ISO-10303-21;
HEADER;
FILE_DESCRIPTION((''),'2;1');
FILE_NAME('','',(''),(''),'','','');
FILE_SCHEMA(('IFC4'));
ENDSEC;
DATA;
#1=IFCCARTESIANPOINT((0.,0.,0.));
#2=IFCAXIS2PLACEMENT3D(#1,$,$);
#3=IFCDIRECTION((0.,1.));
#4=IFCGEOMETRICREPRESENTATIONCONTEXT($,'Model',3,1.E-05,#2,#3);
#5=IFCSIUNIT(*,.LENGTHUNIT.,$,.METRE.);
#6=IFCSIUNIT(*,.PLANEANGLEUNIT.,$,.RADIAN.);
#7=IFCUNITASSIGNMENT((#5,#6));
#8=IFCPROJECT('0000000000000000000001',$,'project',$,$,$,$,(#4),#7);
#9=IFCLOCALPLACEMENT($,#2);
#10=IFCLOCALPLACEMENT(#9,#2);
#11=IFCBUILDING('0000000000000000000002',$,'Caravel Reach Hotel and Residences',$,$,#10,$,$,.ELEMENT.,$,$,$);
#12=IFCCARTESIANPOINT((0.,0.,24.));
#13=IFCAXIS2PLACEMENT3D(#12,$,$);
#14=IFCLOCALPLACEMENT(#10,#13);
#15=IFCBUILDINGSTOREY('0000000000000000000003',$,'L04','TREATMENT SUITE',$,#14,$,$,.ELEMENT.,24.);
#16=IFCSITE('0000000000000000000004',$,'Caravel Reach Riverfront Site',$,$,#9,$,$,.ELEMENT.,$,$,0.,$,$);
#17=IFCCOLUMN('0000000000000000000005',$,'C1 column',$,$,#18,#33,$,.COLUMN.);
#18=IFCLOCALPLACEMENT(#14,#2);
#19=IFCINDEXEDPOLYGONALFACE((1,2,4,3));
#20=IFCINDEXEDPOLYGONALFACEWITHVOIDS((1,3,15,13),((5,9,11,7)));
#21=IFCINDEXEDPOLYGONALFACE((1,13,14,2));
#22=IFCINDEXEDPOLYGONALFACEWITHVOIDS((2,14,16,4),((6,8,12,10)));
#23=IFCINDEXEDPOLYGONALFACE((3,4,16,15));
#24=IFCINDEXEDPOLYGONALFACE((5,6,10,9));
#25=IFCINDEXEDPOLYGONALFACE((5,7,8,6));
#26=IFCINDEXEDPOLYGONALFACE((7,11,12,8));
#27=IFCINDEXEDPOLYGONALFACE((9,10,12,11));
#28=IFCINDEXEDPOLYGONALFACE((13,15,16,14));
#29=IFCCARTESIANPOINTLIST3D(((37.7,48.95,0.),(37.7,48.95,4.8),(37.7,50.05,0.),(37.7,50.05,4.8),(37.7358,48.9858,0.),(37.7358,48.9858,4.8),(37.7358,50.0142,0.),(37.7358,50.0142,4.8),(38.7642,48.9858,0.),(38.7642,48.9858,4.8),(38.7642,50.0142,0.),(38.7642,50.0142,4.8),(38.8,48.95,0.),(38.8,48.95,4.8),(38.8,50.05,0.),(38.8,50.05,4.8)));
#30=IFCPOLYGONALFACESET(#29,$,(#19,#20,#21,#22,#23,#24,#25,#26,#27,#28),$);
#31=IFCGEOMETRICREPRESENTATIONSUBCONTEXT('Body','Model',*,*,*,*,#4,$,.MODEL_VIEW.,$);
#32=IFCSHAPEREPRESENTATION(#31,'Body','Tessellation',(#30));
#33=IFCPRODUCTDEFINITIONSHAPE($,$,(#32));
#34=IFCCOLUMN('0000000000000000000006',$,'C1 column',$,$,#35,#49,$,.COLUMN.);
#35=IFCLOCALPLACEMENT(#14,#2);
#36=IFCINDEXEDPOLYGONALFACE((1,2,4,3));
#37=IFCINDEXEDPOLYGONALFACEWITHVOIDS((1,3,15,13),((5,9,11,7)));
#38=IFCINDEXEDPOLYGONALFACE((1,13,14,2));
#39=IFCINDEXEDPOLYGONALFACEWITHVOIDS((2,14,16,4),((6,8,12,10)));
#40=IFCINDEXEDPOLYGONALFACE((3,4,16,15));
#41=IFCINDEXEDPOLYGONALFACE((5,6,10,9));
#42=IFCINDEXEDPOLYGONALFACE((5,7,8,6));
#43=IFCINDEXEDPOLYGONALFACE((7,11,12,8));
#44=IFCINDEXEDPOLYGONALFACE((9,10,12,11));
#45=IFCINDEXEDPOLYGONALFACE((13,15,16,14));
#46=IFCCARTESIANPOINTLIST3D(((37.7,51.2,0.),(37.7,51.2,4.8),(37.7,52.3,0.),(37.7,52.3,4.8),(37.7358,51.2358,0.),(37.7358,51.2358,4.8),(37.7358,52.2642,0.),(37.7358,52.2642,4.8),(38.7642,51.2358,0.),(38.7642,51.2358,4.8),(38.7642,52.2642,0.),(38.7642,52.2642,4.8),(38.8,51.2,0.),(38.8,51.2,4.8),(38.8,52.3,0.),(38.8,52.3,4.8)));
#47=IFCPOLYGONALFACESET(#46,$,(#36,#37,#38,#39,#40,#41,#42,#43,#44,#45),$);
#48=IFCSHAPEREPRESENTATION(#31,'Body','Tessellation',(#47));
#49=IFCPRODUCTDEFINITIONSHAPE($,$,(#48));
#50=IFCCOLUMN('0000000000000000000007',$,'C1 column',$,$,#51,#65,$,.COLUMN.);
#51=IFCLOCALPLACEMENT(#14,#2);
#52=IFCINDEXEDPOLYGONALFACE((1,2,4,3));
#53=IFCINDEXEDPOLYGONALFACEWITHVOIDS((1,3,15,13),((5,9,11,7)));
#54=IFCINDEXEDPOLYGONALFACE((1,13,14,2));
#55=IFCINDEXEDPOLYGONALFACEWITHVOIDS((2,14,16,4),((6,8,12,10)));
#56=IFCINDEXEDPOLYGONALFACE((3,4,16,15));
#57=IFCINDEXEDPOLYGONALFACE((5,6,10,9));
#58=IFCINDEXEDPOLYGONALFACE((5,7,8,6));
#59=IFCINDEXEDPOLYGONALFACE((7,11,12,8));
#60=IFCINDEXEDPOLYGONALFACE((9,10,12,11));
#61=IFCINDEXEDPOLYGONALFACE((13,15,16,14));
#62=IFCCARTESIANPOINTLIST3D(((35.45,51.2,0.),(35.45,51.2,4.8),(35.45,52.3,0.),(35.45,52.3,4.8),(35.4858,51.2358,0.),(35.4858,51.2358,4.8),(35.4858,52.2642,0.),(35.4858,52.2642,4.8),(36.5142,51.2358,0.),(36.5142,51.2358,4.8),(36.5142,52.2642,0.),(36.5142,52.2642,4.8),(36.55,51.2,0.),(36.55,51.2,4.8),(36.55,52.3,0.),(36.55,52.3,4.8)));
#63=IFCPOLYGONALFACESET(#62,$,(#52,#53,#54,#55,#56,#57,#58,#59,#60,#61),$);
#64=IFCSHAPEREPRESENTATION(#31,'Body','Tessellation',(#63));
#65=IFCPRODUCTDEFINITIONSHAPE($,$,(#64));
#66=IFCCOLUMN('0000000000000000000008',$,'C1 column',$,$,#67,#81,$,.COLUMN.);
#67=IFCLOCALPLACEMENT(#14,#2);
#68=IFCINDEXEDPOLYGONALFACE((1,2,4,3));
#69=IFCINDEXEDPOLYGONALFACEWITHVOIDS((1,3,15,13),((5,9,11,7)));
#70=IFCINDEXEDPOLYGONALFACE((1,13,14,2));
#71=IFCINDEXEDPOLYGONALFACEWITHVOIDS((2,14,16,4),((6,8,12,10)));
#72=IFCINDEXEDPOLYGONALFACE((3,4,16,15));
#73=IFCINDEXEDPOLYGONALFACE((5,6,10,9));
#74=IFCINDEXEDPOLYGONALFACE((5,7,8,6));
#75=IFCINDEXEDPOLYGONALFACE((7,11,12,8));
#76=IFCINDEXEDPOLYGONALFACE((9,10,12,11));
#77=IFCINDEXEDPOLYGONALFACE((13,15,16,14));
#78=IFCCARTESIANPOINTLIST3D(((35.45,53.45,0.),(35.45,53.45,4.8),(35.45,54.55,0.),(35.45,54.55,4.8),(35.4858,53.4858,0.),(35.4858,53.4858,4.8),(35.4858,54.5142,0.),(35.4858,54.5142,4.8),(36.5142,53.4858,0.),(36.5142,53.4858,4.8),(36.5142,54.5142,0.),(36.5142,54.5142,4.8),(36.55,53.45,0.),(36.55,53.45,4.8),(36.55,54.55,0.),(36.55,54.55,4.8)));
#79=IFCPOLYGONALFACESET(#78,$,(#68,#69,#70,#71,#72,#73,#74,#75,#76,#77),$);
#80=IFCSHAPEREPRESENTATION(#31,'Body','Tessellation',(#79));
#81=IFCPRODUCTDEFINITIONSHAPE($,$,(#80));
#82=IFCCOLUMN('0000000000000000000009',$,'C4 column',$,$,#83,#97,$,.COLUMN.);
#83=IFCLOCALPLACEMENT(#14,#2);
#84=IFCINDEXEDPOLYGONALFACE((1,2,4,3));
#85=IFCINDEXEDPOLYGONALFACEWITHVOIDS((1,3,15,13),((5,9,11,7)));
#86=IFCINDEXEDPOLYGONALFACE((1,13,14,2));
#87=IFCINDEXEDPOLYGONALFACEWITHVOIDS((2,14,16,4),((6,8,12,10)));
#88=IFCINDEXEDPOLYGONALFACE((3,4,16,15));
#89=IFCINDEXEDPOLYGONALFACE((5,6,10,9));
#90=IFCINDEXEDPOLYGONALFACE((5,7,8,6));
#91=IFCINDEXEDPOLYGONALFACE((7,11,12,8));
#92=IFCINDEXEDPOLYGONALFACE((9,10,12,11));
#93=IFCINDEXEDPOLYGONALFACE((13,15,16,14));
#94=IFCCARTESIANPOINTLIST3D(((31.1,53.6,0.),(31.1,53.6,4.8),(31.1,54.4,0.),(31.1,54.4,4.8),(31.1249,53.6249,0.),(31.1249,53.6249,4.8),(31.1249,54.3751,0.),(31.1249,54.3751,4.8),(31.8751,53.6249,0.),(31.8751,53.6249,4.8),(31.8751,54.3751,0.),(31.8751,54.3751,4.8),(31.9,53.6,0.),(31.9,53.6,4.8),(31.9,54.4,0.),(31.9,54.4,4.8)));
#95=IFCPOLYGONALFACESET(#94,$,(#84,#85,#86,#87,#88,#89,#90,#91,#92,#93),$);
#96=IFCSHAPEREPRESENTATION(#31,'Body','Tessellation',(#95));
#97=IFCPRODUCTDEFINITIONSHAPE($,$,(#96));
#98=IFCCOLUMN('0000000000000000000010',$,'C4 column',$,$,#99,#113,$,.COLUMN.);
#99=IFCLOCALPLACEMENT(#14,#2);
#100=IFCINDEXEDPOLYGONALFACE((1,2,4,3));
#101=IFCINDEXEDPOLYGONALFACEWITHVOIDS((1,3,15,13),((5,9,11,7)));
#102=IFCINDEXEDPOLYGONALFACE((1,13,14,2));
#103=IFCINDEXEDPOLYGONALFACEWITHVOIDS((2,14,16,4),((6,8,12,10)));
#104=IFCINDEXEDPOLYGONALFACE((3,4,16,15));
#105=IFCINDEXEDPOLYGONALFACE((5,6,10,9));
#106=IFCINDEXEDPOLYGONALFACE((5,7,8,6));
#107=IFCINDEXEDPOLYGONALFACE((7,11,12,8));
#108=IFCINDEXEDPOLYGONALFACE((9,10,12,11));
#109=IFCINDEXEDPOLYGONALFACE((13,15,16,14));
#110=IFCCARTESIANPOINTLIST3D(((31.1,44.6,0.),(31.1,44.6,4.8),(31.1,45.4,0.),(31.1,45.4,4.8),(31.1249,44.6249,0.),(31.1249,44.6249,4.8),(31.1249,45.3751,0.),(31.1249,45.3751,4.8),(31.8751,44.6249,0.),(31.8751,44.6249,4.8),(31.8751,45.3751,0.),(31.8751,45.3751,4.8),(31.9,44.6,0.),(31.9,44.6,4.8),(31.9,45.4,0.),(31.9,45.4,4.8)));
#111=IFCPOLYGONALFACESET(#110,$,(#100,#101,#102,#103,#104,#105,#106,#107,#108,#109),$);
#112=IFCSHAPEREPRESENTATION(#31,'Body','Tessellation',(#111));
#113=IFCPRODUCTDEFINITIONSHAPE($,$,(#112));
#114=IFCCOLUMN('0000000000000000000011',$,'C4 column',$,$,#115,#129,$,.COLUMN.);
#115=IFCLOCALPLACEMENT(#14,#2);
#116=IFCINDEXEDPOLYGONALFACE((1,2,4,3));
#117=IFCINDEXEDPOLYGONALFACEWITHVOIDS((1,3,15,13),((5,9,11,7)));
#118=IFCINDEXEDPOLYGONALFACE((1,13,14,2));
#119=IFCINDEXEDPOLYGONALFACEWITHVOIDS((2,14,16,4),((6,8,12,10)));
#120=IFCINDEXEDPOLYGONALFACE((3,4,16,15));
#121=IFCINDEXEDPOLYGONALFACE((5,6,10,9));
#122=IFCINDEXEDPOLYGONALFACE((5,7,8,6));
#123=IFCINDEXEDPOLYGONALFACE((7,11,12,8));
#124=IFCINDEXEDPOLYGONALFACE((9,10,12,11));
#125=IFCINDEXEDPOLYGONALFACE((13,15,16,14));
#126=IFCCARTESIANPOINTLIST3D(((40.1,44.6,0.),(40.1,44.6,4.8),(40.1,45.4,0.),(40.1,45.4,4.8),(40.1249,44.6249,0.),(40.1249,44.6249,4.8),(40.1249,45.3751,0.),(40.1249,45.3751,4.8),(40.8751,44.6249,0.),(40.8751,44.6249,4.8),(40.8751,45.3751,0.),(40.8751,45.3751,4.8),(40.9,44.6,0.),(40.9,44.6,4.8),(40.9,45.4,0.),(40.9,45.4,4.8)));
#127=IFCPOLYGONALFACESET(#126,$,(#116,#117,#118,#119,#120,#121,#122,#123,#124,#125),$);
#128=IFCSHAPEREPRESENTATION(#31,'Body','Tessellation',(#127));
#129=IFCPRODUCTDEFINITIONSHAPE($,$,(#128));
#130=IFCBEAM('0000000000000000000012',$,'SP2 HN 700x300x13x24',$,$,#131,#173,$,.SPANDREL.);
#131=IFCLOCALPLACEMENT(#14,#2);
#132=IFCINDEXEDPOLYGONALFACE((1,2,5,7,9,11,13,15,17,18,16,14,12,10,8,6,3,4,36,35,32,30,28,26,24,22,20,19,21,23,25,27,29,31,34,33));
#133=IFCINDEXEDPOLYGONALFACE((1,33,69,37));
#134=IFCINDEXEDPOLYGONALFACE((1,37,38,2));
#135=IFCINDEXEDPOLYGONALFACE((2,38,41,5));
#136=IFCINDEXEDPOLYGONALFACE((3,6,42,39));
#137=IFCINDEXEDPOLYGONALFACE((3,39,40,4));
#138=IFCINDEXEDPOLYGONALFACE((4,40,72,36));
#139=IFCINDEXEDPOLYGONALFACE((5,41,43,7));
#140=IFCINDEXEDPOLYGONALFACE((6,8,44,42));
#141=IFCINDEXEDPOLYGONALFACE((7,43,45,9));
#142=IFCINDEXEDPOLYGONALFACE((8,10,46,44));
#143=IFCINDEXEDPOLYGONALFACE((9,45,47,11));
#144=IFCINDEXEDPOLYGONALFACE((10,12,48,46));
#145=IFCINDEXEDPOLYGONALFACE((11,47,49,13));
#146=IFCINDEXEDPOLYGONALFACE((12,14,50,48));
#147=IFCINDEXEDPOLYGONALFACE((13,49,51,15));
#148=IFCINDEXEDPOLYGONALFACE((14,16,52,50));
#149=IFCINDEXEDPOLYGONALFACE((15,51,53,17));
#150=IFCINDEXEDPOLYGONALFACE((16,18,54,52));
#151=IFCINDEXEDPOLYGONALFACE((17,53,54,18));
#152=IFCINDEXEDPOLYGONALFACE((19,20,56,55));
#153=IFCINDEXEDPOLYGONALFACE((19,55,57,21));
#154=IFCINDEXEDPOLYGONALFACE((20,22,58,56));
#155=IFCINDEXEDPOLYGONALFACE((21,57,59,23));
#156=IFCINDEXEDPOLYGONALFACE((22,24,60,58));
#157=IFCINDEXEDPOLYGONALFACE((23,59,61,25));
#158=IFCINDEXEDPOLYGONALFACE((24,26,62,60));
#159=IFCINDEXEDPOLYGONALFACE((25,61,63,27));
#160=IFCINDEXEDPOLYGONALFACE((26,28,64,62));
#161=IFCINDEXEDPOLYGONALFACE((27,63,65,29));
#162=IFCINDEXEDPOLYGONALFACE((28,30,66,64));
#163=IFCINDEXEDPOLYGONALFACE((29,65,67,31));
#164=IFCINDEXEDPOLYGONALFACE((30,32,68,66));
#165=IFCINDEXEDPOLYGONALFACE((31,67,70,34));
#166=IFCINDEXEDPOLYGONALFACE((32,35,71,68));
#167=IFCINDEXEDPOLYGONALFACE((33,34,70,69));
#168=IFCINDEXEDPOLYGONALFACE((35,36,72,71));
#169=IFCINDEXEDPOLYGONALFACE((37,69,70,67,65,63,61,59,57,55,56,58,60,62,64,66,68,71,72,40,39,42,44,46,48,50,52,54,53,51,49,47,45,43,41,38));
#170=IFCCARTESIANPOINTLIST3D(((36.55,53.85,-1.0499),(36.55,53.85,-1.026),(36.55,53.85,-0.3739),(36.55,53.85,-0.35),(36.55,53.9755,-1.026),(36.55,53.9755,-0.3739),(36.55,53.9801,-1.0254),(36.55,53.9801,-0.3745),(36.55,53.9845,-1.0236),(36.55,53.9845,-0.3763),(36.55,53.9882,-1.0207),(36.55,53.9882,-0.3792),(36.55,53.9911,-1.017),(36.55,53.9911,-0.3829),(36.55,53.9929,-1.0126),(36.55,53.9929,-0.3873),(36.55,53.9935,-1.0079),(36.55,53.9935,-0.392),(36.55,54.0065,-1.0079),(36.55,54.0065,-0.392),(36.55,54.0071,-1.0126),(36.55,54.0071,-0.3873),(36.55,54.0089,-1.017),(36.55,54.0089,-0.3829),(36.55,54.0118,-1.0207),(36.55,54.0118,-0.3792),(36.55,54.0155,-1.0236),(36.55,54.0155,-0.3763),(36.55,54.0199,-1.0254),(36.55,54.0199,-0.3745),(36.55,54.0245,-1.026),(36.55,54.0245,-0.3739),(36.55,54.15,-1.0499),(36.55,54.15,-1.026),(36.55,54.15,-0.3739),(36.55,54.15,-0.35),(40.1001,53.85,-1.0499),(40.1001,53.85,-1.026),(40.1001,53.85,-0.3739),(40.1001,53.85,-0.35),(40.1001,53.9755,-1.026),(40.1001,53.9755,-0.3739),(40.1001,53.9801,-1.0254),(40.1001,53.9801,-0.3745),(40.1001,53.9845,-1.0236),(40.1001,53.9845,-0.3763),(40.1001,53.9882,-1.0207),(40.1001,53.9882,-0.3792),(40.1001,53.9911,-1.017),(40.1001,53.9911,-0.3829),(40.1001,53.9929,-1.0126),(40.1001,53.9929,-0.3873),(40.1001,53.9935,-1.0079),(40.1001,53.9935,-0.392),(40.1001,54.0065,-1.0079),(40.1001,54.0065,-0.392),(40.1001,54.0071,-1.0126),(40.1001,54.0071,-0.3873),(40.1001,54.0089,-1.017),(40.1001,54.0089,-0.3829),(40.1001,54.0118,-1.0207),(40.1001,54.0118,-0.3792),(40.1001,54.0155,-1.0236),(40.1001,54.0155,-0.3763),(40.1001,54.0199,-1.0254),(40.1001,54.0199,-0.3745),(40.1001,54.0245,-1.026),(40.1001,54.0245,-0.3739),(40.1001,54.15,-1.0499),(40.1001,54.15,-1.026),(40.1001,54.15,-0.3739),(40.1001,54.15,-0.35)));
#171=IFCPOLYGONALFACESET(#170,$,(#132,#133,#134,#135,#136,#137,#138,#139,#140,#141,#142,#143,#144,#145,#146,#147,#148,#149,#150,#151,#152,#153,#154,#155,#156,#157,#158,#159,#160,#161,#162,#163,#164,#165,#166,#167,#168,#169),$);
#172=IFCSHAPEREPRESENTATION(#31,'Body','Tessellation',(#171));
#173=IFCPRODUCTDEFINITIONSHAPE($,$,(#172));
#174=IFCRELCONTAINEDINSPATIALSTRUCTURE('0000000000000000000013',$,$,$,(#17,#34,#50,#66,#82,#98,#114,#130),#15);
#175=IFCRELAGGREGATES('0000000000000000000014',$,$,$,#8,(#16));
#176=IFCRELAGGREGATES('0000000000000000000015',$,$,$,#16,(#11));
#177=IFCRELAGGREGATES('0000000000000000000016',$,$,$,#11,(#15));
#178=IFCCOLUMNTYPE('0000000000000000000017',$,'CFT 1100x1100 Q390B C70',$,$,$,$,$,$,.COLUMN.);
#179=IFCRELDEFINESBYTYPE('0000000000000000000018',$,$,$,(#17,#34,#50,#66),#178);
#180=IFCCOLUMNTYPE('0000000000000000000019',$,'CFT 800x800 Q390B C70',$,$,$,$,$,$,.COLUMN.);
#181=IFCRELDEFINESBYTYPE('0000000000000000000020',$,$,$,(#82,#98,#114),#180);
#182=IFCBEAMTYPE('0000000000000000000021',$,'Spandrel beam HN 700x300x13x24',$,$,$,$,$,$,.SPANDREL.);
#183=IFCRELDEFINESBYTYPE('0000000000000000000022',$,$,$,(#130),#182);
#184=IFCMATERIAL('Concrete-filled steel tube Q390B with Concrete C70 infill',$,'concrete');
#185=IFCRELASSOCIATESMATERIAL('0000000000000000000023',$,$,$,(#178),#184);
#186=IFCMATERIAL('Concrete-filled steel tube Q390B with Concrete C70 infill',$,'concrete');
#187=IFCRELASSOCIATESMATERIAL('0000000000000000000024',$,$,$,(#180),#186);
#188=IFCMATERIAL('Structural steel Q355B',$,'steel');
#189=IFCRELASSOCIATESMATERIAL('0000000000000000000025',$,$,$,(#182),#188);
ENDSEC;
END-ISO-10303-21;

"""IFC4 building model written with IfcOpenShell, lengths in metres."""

from ifc_helpers import new_model, si_unit, direction, frame, origin, origin_2d, place, context, subcontext, project, spatial, hollow_rectangle, i_section, extrude, material, material_profile, profile_set, type_object, element, save


model = new_model("IFC4")

# Units and contexts
model_context = context("Model", 3, precision=1e-05, world=origin(), true_north=direction((0.0, 1.0)))
body_context = subcontext(model_context, "Body", "Model", "MODEL_VIEW")
ifc_project = project(units=[si_unit("LENGTHUNIT", "METRE"), si_unit("PLANEANGLEUNIT", "RADIAN")], contexts=[model_context])

# Site, building, storey
site_placement = place(None, origin())
site = spatial("IfcSite", under=ifc_project, at=site_placement, Name="Caravel Reach Riverfront Site", CompositionType="ELEMENT", RefElevation=0.0)
building_placement = place(site_placement, origin())
building = spatial("IfcBuilding", under=site, at=building_placement, Name="Caravel Reach Hotel and Residences", CompositionType="ELEMENT")
storey_placement = place(building_placement, frame((0.0, 0.0, 24.0)))
storey = spatial("IfcBuildingStorey", under=building, at=storey_placement, Name="L04", Description="TREATMENT SUITE", CompositionType="ELEMENT", Elevation=24.0)

# Columns
ifc_material_1 = material(Name="Concrete-filled steel tube Q390B with Concrete C70 infill", Category="concrete")
ifc_material_profile_1 = material_profile(ifc_material_1, hollow_rectangle(XDim=1.1001, YDim=1.1001, WallThickness=0.0359, at=origin_2d()), Name="RHS 1100x1100x36")
ifc_profile_set_1 = profile_set([ifc_material_profile_1], Name="Concrete-filled steel tube Q390B with Concrete C70 infill")
column_type_1 = type_object("IfcColumnType", Name="CFT 1100x1100 Q390B C70", PredefinedType="COLUMN", material=ifc_profile_set_1)
for number, where, z_axis, x_axis, name in (
    (1, (38.25, 49.5, 0.0), (0.0, 0.0, 1.0), (1.0, 0.0, 0.0), "C1 column"),
    (2, (38.25, 51.75, 0.0), (0.0, 0.0, 1.0), (1.0, 0.0, 0.0), "C1 column"),
    (3, (36.0, 51.75, 0.0), (0.0, 0.0, 1.0), (1.0, 0.0, 0.0), "C1 column"),
    (4, (36.0, 54.0, 0.0), (0.0, 0.0, 1.0), (1.0, 0.0, 0.0), "C1 column"),
):
    element("IfcColumn", number, at=place(storey_placement, frame(where, z_axis=z_axis, x_axis=x_axis)), inside=storey, type_object=column_type_1, Name=name, PredefinedType="COLUMN", context=body_context, shape_type="SweptSolid", body=[
        extrude(hollow_rectangle(XDim=1.1001, YDim=1.1001, WallThickness=0.0359, at=origin_2d()), origin(), (0.0, 0.0, 1.0), 4.8),
    ])
ifc_material_2 = material(Name="Concrete-filled steel tube Q390B with Concrete C70 infill", Category="concrete")
ifc_material_profile_2 = material_profile(ifc_material_2, hollow_rectangle(XDim=0.8, YDim=0.8, WallThickness=0.0249, at=origin_2d()), Name="RHS 800x800x25")
ifc_profile_set_2 = profile_set([ifc_material_profile_2], Name="Concrete-filled steel tube Q390B with Concrete C70 infill")
column_type_2 = type_object("IfcColumnType", Name="CFT 800x800 Q390B C70", PredefinedType="COLUMN", material=ifc_profile_set_2)
for number, where, z_axis, x_axis, name in (
    (5, (31.5, 54.0, 0.0), (0.0, 0.0, 1.0), (1.0, 0.0, 0.0), "C4 column"),
    (6, (31.5, 45.0, 0.0), (0.0, 0.0, 1.0), (1.0, 0.0, 0.0), "C4 column"),
    (7, (40.5, 45.0, 0.0), (0.0, 0.0, 1.0), (1.0, 0.0, 0.0), "C4 column"),
):
    element("IfcColumn", number, at=place(storey_placement, frame(where, z_axis=z_axis, x_axis=x_axis)), inside=storey, type_object=column_type_2, Name=name, PredefinedType="COLUMN", context=body_context, shape_type="SweptSolid", body=[
        extrude(hollow_rectangle(XDim=0.8, YDim=0.8, WallThickness=0.0249, at=origin_2d()), origin(), (0.0, 0.0, 1.0), 4.8),
    ])

# Beam
ifc_material_3 = material(Name="Structural steel Q355B", Category="steel")
ifc_material_profile_3 = material_profile(ifc_material_3, i_section(OverallWidth=0.3, OverallDepth=0.7, WebThickness=0.0129, FlangeThickness=0.0239, FilletRadius=0.0181, at=origin_2d()), Name="HN 700x300x13x24")
ifc_profile_set_3 = profile_set([ifc_material_profile_3], Name="Structural steel Q355B")
beam_type = type_object("IfcBeamType", Name="Spandrel beam HN 700x300x13x24", PredefinedType="SPANDREL", material=ifc_profile_set_3)
for number, where, z_axis, x_axis, name in (
    (8, (40.1001, 54.0, -0.7), (-1.0, 0.0, 0.0), (0.0, -1.0, 0.0), "SP2 HN 700x300x13x24"),
):
    element("IfcBeam", number, at=place(storey_placement, frame(where, z_axis=z_axis, x_axis=x_axis)), inside=storey, type_object=beam_type, Name=name, PredefinedType="SPANDREL", context=body_context, shape_type="SweptSolid", body=[
        extrude(i_section(OverallWidth=0.3, OverallDepth=0.7, WebThickness=0.0129, FlangeThickness=0.0239, FilletRadius=0.0181, at=origin_2d()), origin(), (0.0, 0.0, 1.0), 3.55),
    ])

save(model, "model.ifc")
